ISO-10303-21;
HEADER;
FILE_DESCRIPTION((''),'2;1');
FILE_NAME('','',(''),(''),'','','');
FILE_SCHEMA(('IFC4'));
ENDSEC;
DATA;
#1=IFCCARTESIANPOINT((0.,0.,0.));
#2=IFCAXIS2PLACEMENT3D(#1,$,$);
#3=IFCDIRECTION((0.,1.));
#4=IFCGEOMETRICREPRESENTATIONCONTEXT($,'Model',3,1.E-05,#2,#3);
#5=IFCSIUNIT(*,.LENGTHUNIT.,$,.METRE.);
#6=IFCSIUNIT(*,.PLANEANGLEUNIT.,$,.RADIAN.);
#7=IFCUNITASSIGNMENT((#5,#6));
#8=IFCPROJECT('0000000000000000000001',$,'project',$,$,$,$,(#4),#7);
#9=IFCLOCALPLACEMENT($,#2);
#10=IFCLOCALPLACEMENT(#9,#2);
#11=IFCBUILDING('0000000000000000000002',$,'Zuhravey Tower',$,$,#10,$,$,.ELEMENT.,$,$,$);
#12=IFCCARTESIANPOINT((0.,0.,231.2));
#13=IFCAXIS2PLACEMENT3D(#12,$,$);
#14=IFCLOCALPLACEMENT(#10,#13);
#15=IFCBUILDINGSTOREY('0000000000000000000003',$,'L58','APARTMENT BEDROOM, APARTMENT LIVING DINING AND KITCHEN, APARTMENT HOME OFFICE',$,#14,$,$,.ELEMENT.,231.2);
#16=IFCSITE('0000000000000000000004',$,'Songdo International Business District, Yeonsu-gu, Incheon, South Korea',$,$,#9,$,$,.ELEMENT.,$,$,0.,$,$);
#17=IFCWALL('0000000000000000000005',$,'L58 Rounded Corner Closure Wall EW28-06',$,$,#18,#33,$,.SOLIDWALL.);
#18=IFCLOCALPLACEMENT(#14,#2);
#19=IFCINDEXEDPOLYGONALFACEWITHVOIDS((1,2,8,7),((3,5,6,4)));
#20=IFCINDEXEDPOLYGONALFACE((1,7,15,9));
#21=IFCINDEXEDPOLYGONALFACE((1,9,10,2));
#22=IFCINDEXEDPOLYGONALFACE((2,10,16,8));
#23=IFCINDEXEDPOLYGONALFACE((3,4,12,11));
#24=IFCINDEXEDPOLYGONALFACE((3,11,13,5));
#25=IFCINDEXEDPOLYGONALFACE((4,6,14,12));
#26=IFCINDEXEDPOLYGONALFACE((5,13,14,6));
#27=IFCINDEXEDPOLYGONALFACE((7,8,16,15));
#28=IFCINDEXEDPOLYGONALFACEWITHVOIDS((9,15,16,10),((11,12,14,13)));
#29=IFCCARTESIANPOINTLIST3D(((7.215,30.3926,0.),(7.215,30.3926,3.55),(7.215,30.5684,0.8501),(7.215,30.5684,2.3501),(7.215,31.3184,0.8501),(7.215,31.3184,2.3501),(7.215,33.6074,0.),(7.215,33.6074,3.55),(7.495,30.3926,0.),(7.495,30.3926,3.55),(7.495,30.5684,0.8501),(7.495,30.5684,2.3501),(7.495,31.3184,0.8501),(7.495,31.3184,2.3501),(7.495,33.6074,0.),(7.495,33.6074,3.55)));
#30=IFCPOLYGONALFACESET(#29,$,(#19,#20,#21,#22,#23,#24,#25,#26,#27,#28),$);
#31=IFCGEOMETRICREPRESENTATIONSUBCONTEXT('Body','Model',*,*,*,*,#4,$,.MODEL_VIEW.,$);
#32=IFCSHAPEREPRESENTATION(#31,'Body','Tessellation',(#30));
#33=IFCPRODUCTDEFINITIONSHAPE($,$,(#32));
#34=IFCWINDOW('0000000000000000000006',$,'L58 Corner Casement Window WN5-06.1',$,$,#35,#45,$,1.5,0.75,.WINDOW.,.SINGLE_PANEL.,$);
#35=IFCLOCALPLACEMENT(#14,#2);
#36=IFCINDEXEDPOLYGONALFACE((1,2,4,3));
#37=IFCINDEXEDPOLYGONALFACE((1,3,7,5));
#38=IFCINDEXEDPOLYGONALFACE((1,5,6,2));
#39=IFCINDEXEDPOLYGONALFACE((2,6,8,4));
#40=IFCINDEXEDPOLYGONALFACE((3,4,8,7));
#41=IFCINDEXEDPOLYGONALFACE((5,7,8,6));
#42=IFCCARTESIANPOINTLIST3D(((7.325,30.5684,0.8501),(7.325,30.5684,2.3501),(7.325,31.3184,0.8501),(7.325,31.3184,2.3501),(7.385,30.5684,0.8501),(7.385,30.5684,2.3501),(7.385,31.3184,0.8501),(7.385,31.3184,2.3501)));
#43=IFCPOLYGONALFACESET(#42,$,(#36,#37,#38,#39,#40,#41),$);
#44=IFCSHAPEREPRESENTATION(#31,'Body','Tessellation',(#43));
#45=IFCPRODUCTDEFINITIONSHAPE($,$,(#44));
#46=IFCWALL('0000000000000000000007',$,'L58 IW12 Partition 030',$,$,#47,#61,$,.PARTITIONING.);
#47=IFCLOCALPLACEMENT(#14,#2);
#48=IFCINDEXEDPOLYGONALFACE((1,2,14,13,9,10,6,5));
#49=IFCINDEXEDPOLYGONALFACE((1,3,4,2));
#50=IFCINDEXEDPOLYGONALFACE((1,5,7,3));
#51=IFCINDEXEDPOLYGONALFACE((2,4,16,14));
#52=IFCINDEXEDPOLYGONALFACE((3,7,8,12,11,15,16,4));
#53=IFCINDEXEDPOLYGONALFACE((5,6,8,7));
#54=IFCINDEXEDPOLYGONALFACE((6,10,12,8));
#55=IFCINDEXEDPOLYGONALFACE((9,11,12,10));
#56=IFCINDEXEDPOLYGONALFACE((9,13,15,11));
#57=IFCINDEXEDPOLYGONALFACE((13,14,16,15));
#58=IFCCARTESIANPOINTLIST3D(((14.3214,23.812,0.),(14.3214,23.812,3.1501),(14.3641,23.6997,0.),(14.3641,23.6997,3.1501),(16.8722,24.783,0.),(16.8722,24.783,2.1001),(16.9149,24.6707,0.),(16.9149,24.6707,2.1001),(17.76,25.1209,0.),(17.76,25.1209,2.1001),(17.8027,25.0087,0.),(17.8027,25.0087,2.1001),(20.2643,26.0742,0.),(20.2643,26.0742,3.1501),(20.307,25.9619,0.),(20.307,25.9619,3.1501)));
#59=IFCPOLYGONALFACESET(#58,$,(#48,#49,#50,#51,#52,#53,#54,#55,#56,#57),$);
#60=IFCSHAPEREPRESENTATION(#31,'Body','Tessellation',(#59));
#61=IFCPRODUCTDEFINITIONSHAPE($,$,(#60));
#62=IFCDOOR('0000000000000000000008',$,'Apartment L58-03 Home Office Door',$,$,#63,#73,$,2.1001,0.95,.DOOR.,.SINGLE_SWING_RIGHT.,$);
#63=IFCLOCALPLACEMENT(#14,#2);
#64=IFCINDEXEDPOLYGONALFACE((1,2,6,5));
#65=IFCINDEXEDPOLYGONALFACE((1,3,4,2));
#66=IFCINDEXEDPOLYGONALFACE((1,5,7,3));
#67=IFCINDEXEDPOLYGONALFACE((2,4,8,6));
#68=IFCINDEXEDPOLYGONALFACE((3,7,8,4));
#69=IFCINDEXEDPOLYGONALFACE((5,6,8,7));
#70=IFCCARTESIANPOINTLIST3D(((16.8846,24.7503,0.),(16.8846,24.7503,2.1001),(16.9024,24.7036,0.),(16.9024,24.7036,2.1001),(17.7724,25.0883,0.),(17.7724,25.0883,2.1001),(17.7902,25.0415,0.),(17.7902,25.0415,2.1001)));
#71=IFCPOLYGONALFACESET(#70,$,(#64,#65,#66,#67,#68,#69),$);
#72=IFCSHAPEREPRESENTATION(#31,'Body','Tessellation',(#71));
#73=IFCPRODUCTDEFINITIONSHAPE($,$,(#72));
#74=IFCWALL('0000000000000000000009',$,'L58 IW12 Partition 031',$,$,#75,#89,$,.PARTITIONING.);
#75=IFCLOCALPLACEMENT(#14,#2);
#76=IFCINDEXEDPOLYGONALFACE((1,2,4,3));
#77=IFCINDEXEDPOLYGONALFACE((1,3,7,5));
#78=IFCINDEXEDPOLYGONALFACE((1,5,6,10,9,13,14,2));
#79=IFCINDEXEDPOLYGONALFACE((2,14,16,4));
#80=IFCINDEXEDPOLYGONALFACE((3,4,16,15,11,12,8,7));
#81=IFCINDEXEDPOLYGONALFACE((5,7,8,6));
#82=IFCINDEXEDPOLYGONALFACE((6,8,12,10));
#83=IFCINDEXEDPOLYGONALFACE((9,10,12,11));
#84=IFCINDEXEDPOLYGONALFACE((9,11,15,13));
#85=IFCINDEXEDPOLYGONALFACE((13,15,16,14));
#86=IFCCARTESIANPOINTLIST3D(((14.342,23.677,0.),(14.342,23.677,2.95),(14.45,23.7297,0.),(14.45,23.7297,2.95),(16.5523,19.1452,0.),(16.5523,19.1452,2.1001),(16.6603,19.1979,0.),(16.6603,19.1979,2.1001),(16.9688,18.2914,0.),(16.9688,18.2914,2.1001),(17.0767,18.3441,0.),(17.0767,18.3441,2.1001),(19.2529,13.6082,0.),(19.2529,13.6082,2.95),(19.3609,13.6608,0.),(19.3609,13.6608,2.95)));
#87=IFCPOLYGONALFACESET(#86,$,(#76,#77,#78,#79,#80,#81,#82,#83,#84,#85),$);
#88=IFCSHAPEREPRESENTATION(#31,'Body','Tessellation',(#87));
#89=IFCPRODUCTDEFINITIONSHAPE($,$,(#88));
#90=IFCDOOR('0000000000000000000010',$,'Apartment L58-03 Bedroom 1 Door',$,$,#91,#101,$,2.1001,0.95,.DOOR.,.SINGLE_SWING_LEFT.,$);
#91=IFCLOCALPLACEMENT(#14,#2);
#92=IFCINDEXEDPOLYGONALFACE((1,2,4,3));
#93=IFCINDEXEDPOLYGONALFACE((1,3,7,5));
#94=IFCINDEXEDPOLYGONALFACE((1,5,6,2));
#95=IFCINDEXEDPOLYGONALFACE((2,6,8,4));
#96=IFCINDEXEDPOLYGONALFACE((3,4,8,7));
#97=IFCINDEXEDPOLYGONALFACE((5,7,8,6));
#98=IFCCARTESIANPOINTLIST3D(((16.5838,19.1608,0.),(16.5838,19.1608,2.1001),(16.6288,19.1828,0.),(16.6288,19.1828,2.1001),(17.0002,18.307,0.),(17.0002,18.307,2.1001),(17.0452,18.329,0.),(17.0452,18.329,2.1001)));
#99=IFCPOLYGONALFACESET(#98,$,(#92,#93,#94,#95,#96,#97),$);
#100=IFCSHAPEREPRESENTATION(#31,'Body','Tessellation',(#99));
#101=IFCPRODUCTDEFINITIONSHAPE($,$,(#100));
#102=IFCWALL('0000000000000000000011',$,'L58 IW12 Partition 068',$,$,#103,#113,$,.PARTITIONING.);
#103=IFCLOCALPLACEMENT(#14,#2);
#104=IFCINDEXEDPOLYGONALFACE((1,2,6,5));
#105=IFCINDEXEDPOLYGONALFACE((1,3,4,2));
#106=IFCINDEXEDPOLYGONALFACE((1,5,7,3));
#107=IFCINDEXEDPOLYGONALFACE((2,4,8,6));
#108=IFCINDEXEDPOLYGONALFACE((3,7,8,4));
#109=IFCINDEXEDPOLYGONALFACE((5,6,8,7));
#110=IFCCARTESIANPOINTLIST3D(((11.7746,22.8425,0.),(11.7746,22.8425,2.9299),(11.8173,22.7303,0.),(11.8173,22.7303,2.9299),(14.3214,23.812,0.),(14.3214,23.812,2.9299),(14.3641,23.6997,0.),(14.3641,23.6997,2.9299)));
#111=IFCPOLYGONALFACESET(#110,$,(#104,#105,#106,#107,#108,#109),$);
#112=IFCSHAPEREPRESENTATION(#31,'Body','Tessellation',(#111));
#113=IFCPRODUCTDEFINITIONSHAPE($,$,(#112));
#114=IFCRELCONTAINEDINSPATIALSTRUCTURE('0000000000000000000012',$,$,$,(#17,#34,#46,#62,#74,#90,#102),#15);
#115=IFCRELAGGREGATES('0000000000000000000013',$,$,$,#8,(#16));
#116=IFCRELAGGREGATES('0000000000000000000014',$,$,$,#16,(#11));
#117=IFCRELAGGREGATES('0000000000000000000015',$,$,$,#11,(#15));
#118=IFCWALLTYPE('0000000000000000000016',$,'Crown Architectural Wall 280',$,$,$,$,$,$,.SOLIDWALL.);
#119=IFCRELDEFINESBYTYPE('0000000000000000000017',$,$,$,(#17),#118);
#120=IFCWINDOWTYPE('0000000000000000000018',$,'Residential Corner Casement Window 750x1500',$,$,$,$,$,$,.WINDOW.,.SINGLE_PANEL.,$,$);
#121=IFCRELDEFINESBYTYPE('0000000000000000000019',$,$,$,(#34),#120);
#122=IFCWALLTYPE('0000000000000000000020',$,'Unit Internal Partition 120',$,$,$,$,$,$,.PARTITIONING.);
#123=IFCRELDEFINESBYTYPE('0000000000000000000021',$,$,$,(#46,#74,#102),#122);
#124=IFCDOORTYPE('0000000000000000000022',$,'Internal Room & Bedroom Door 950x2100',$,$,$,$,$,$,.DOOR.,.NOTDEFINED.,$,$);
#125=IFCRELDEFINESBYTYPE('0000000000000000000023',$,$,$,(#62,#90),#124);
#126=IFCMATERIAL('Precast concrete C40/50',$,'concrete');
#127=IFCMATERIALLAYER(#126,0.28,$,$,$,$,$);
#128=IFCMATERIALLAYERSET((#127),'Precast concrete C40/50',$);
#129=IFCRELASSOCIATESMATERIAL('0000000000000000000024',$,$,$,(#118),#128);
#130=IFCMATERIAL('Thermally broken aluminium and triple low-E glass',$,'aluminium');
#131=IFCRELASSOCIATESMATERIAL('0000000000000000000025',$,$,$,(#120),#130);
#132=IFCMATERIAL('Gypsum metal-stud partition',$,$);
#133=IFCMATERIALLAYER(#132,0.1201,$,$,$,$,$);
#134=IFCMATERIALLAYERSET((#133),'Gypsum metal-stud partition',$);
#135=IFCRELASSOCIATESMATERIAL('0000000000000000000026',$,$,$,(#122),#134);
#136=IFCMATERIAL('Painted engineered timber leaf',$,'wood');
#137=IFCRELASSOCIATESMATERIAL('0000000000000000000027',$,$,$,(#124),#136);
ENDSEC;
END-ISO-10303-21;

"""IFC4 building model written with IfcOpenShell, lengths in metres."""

from ifc_helpers import new_model, si_unit, direction, frame, frame_2d, origin, place, context, subcontext, project, spatial, rectangle, extrude, material, layer, layer_set, type_object, element, fill, save


model = new_model("IFC4")

# Units and contexts
model_context = context("Model", 3, precision=1e-05, world=origin(), true_north=direction((0.0, 1.0)))
body_context = subcontext(model_context, "Body", "Model", "MODEL_VIEW")
ifc_project = project(units=[si_unit("LENGTHUNIT", "METRE"), si_unit("PLANEANGLEUNIT", "RADIAN")], contexts=[model_context])

# Site, building, storey
site_placement = place(None, origin())
site = spatial("IfcSite", under=ifc_project, at=site_placement, Name="Songdo International Business District, Yeonsu-gu, Incheon, South Korea", CompositionType="ELEMENT", RefElevation=0.0)
building_placement = place(site_placement, origin())
building = spatial("IfcBuilding", under=site, at=building_placement, Name="Zuhravey Tower", CompositionType="ELEMENT")
storey_placement = place(building_placement, frame((0.0, 0.0, 231.2)))
storey = spatial("IfcBuildingStorey", under=building, at=storey_placement, Name="L58", Description="APARTMENT BEDROOM, APARTMENT LIVING DINING AND KITCHEN, APARTMENT HOME OFFICE", CompositionType="ELEMENT", Elevation=231.2)

# Wall, opening, window
ifc_material_1 = material(Name="Precast concrete C40/50", Category="concrete")
ifc_layer_1 = layer(ifc_material_1, 0.28)
ifc_layer_set_1 = layer_set([ifc_layer_1], Name="Precast concrete C40/50")
wall_type_1 = type_object("IfcWallType", Name="Crown Architectural Wall 280", PredefinedType="SOLIDWALL", material=ifc_layer_set_1)
wall_1_placement = place(storey_placement, frame((7.355, 30.3926, 0.0), z_axis=(0.0, 0.0, 1.0), x_axis=(0.0, 1.0, 0.0)))
wall_1 = element("IfcWall", 1, at=wall_1_placement, inside=storey, type_object=wall_type_1, Name="L58 Rounded Corner Closure Wall EW28-06", PredefinedType="SOLIDWALL", context=body_context, shape_type="SweptSolid", body=[
    extrude(rectangle(XDim=3.2148, YDim=0.28, at=frame_2d((1.6074, 0.0))), origin(), (0.0, 0.0, 1.0), 3.55),
])
opening_1_placement = place(wall_1_placement, frame((0.1758, 0.0, 0.8501)))
opening_1 = element("IfcOpeningElement", 2, at=opening_1_placement, cuts=wall_1, PredefinedType="OPENING", context=body_context, shape_type="SweptSolid", body=[
    extrude(rectangle(XDim=0.75, YDim=1.5, at=frame_2d((0.375, 0.75))), frame((0.0, 0.1521, 0.0), z_axis=(0.0, -1.0, 0.0), x_axis=(1.0, 0.0, 0.0)), (0.0, 0.0, 1.0), 0.304),
])
ifc_material_2 = material(Name="Thermally broken aluminium and triple low-E glass", Category="aluminium")
window_type = type_object("IfcWindowType", Name="Residential Corner Casement Window 750x1500", PartitioningType="SINGLE_PANEL", PredefinedType="WINDOW", material=ifc_material_2)
window_placement = place(opening_1_placement, origin())
window = element("IfcWindow", 3, at=window_placement, inside=storey, type_object=window_type, Name="L58 Corner Casement Window WN5-06.1", OverallHeight=1.5, OverallWidth=0.75, PartitioningType="SINGLE_PANEL", PredefinedType="WINDOW", context=body_context, shape_type="SweptSolid", body=[
    extrude(rectangle(XDim=0.75, YDim=1.5, at=frame_2d((0.375, 0.75))), frame((0.0, 0.03, 0.0), z_axis=(0.0, -1.0, 0.0), x_axis=(1.0, 0.0, 0.0)), (0.0, 0.0, 1.0), 0.0601),
])
fill(opening_1, window)

# Walls, openings, doors
ifc_material_3 = material(Name="Gypsum metal-stud partition")
ifc_layer_2 = layer(ifc_material_3, 0.1201)
ifc_layer_set_2 = layer_set([ifc_layer_2], Name="Gypsum metal-stud partition")
wall_type_2 = type_object("IfcWallType", Name="Unit Internal Partition 120", PredefinedType="PARTITIONING", material=ifc_layer_set_2)
wall_2_placement = place(storey_placement, frame((20.2856, 26.0181, 0.0), z_axis=(0.0, 0.0, 1.0), x_axis=(-0.934579, -0.355756, 0.0)))
wall_2 = element("IfcWall", 4, at=wall_2_placement, inside=storey, type_object=wall_type_2, Name="L58 IW12 Partition 030", PredefinedType="PARTITIONING", context=body_context, shape_type="SweptSolid", body=[
    extrude(rectangle(XDim=6.3589, YDim=0.1201, at=frame_2d((3.1794, 0.0))), origin(), (0.0, 0.0, 1.0), 3.1501),
])
opening_2_placement = place(wall_2_placement, frame((2.6794, 0.0, 0.0)))
opening_2 = element("IfcOpeningElement", 5, at=opening_2_placement, cuts=wall_2, PredefinedType="OPENING", context=body_context, shape_type="SweptSolid", body=[
    extrude(rectangle(XDim=0.95, YDim=2.1001, at=frame_2d((0.4751, 1.05))), frame((0.0, 0.072, 0.0), z_axis=(0.0, -1.0, 0.0), x_axis=(1.0, 0.0, 0.0)), (0.0, 0.0, 1.0), 0.144),
])
ifc_material_4 = material(Name="Painted engineered timber leaf", Category="wood")
door_type = type_object("IfcDoorType", Name="Internal Room & Bedroom Door 950x2100", OperationType="NOTDEFINED", PredefinedType="DOOR", material=ifc_material_4)
door_1_placement = place(opening_2_placement, origin())
door_1 = element("IfcDoor", 6, at=door_1_placement, inside=storey, type_object=door_type, Name="Apartment L58-03 Home Office Door", OperationType="SINGLE_SWING_RIGHT", OverallHeight=2.1001, OverallWidth=0.95, PredefinedType="DOOR", context=body_context, shape_type="SweptSolid", body=[
    extrude(rectangle(XDim=0.95, YDim=2.1001, at=frame_2d((0.4751, 1.05))), frame((0.0, 0.0249, 0.0), z_axis=(0.0, -1.0, 0.0), x_axis=(1.0, 0.0, 0.0)), (0.0, 0.0, 1.0), 0.05),
])
fill(opening_2, door_1)
wall_3_placement = place(storey_placement, frame((14.396, 23.7034, 0.0), z_axis=(0.0, 0.0, 1.0), x_axis=(0.43837, -0.898795, 0.0)))
wall_3 = element("IfcWall", 7, at=wall_3_placement, inside=storey, type_object=wall_type_2, Name="L58 IW12 Partition 031", PredefinedType="PARTITIONING", context=body_context, shape_type="SweptSolid", body=[
    extrude(rectangle(XDim=11.2026, YDim=0.1201, at=frame_2d((5.6013, 0.0))), origin(), (0.0, 0.0, 1.0), 2.95),
])
opening_3_placement = place(wall_3_placement, frame((5.042, 0.0, 0.0)))
opening_3 = element("IfcOpeningElement", 8, at=opening_3_placement, cuts=wall_3, PredefinedType="OPENING", context=body_context, shape_type="SweptSolid", body=[
    extrude(rectangle(XDim=0.95, YDim=2.1001, at=frame_2d((0.4751, 1.05))), frame((0.0, 0.072, 0.0), z_axis=(0.0, -1.0, 0.0), x_axis=(1.0, 0.0, 0.0)), (0.0, 0.0, 1.0), 0.144),
])
door_2_placement = place(opening_3_placement, frame((0.95, 0.0, 0.0), z_axis=(0.0, 0.0, 1.0), x_axis=(-1.0, 0.0, 0.0)))
door_2 = element("IfcDoor", 9, at=door_2_placement, inside=storey, type_object=door_type, Name="Apartment L58-03 Bedroom 1 Door", OperationType="SINGLE_SWING_LEFT", OverallHeight=2.1001, OverallWidth=0.95, PredefinedType="DOOR", context=body_context, shape_type="SweptSolid", body=[
    extrude(rectangle(XDim=0.95, YDim=2.1001, at=frame_2d((0.4751, 1.05))), frame((0.0, 0.0249, 0.0), z_axis=(0.0, -1.0, 0.0), x_axis=(1.0, 0.0, 0.0)), (0.0, 0.0, 1.0), 0.05),
])
fill(opening_3, door_2)

# Wall
wall_4_placement = place(storey_placement, frame((14.3428, 23.7559, 0.0), z_axis=(0.0, 0.0, 1.0), x_axis=(-0.93458, -0.355753, 0.0)))
element("IfcWall", 10, at=wall_4_placement, inside=storey, type_object=wall_type_2, Name="L58 IW12 Partition 068", PredefinedType="PARTITIONING", context=body_context, shape_type="SweptSolid", body=[
    extrude(rectangle(XDim=2.7251, YDim=0.1201, at=frame_2d((1.3625, 0.0))), origin(), (0.0, 0.0, 1.0), 2.9299),
])

save(model, "model.ifc")
